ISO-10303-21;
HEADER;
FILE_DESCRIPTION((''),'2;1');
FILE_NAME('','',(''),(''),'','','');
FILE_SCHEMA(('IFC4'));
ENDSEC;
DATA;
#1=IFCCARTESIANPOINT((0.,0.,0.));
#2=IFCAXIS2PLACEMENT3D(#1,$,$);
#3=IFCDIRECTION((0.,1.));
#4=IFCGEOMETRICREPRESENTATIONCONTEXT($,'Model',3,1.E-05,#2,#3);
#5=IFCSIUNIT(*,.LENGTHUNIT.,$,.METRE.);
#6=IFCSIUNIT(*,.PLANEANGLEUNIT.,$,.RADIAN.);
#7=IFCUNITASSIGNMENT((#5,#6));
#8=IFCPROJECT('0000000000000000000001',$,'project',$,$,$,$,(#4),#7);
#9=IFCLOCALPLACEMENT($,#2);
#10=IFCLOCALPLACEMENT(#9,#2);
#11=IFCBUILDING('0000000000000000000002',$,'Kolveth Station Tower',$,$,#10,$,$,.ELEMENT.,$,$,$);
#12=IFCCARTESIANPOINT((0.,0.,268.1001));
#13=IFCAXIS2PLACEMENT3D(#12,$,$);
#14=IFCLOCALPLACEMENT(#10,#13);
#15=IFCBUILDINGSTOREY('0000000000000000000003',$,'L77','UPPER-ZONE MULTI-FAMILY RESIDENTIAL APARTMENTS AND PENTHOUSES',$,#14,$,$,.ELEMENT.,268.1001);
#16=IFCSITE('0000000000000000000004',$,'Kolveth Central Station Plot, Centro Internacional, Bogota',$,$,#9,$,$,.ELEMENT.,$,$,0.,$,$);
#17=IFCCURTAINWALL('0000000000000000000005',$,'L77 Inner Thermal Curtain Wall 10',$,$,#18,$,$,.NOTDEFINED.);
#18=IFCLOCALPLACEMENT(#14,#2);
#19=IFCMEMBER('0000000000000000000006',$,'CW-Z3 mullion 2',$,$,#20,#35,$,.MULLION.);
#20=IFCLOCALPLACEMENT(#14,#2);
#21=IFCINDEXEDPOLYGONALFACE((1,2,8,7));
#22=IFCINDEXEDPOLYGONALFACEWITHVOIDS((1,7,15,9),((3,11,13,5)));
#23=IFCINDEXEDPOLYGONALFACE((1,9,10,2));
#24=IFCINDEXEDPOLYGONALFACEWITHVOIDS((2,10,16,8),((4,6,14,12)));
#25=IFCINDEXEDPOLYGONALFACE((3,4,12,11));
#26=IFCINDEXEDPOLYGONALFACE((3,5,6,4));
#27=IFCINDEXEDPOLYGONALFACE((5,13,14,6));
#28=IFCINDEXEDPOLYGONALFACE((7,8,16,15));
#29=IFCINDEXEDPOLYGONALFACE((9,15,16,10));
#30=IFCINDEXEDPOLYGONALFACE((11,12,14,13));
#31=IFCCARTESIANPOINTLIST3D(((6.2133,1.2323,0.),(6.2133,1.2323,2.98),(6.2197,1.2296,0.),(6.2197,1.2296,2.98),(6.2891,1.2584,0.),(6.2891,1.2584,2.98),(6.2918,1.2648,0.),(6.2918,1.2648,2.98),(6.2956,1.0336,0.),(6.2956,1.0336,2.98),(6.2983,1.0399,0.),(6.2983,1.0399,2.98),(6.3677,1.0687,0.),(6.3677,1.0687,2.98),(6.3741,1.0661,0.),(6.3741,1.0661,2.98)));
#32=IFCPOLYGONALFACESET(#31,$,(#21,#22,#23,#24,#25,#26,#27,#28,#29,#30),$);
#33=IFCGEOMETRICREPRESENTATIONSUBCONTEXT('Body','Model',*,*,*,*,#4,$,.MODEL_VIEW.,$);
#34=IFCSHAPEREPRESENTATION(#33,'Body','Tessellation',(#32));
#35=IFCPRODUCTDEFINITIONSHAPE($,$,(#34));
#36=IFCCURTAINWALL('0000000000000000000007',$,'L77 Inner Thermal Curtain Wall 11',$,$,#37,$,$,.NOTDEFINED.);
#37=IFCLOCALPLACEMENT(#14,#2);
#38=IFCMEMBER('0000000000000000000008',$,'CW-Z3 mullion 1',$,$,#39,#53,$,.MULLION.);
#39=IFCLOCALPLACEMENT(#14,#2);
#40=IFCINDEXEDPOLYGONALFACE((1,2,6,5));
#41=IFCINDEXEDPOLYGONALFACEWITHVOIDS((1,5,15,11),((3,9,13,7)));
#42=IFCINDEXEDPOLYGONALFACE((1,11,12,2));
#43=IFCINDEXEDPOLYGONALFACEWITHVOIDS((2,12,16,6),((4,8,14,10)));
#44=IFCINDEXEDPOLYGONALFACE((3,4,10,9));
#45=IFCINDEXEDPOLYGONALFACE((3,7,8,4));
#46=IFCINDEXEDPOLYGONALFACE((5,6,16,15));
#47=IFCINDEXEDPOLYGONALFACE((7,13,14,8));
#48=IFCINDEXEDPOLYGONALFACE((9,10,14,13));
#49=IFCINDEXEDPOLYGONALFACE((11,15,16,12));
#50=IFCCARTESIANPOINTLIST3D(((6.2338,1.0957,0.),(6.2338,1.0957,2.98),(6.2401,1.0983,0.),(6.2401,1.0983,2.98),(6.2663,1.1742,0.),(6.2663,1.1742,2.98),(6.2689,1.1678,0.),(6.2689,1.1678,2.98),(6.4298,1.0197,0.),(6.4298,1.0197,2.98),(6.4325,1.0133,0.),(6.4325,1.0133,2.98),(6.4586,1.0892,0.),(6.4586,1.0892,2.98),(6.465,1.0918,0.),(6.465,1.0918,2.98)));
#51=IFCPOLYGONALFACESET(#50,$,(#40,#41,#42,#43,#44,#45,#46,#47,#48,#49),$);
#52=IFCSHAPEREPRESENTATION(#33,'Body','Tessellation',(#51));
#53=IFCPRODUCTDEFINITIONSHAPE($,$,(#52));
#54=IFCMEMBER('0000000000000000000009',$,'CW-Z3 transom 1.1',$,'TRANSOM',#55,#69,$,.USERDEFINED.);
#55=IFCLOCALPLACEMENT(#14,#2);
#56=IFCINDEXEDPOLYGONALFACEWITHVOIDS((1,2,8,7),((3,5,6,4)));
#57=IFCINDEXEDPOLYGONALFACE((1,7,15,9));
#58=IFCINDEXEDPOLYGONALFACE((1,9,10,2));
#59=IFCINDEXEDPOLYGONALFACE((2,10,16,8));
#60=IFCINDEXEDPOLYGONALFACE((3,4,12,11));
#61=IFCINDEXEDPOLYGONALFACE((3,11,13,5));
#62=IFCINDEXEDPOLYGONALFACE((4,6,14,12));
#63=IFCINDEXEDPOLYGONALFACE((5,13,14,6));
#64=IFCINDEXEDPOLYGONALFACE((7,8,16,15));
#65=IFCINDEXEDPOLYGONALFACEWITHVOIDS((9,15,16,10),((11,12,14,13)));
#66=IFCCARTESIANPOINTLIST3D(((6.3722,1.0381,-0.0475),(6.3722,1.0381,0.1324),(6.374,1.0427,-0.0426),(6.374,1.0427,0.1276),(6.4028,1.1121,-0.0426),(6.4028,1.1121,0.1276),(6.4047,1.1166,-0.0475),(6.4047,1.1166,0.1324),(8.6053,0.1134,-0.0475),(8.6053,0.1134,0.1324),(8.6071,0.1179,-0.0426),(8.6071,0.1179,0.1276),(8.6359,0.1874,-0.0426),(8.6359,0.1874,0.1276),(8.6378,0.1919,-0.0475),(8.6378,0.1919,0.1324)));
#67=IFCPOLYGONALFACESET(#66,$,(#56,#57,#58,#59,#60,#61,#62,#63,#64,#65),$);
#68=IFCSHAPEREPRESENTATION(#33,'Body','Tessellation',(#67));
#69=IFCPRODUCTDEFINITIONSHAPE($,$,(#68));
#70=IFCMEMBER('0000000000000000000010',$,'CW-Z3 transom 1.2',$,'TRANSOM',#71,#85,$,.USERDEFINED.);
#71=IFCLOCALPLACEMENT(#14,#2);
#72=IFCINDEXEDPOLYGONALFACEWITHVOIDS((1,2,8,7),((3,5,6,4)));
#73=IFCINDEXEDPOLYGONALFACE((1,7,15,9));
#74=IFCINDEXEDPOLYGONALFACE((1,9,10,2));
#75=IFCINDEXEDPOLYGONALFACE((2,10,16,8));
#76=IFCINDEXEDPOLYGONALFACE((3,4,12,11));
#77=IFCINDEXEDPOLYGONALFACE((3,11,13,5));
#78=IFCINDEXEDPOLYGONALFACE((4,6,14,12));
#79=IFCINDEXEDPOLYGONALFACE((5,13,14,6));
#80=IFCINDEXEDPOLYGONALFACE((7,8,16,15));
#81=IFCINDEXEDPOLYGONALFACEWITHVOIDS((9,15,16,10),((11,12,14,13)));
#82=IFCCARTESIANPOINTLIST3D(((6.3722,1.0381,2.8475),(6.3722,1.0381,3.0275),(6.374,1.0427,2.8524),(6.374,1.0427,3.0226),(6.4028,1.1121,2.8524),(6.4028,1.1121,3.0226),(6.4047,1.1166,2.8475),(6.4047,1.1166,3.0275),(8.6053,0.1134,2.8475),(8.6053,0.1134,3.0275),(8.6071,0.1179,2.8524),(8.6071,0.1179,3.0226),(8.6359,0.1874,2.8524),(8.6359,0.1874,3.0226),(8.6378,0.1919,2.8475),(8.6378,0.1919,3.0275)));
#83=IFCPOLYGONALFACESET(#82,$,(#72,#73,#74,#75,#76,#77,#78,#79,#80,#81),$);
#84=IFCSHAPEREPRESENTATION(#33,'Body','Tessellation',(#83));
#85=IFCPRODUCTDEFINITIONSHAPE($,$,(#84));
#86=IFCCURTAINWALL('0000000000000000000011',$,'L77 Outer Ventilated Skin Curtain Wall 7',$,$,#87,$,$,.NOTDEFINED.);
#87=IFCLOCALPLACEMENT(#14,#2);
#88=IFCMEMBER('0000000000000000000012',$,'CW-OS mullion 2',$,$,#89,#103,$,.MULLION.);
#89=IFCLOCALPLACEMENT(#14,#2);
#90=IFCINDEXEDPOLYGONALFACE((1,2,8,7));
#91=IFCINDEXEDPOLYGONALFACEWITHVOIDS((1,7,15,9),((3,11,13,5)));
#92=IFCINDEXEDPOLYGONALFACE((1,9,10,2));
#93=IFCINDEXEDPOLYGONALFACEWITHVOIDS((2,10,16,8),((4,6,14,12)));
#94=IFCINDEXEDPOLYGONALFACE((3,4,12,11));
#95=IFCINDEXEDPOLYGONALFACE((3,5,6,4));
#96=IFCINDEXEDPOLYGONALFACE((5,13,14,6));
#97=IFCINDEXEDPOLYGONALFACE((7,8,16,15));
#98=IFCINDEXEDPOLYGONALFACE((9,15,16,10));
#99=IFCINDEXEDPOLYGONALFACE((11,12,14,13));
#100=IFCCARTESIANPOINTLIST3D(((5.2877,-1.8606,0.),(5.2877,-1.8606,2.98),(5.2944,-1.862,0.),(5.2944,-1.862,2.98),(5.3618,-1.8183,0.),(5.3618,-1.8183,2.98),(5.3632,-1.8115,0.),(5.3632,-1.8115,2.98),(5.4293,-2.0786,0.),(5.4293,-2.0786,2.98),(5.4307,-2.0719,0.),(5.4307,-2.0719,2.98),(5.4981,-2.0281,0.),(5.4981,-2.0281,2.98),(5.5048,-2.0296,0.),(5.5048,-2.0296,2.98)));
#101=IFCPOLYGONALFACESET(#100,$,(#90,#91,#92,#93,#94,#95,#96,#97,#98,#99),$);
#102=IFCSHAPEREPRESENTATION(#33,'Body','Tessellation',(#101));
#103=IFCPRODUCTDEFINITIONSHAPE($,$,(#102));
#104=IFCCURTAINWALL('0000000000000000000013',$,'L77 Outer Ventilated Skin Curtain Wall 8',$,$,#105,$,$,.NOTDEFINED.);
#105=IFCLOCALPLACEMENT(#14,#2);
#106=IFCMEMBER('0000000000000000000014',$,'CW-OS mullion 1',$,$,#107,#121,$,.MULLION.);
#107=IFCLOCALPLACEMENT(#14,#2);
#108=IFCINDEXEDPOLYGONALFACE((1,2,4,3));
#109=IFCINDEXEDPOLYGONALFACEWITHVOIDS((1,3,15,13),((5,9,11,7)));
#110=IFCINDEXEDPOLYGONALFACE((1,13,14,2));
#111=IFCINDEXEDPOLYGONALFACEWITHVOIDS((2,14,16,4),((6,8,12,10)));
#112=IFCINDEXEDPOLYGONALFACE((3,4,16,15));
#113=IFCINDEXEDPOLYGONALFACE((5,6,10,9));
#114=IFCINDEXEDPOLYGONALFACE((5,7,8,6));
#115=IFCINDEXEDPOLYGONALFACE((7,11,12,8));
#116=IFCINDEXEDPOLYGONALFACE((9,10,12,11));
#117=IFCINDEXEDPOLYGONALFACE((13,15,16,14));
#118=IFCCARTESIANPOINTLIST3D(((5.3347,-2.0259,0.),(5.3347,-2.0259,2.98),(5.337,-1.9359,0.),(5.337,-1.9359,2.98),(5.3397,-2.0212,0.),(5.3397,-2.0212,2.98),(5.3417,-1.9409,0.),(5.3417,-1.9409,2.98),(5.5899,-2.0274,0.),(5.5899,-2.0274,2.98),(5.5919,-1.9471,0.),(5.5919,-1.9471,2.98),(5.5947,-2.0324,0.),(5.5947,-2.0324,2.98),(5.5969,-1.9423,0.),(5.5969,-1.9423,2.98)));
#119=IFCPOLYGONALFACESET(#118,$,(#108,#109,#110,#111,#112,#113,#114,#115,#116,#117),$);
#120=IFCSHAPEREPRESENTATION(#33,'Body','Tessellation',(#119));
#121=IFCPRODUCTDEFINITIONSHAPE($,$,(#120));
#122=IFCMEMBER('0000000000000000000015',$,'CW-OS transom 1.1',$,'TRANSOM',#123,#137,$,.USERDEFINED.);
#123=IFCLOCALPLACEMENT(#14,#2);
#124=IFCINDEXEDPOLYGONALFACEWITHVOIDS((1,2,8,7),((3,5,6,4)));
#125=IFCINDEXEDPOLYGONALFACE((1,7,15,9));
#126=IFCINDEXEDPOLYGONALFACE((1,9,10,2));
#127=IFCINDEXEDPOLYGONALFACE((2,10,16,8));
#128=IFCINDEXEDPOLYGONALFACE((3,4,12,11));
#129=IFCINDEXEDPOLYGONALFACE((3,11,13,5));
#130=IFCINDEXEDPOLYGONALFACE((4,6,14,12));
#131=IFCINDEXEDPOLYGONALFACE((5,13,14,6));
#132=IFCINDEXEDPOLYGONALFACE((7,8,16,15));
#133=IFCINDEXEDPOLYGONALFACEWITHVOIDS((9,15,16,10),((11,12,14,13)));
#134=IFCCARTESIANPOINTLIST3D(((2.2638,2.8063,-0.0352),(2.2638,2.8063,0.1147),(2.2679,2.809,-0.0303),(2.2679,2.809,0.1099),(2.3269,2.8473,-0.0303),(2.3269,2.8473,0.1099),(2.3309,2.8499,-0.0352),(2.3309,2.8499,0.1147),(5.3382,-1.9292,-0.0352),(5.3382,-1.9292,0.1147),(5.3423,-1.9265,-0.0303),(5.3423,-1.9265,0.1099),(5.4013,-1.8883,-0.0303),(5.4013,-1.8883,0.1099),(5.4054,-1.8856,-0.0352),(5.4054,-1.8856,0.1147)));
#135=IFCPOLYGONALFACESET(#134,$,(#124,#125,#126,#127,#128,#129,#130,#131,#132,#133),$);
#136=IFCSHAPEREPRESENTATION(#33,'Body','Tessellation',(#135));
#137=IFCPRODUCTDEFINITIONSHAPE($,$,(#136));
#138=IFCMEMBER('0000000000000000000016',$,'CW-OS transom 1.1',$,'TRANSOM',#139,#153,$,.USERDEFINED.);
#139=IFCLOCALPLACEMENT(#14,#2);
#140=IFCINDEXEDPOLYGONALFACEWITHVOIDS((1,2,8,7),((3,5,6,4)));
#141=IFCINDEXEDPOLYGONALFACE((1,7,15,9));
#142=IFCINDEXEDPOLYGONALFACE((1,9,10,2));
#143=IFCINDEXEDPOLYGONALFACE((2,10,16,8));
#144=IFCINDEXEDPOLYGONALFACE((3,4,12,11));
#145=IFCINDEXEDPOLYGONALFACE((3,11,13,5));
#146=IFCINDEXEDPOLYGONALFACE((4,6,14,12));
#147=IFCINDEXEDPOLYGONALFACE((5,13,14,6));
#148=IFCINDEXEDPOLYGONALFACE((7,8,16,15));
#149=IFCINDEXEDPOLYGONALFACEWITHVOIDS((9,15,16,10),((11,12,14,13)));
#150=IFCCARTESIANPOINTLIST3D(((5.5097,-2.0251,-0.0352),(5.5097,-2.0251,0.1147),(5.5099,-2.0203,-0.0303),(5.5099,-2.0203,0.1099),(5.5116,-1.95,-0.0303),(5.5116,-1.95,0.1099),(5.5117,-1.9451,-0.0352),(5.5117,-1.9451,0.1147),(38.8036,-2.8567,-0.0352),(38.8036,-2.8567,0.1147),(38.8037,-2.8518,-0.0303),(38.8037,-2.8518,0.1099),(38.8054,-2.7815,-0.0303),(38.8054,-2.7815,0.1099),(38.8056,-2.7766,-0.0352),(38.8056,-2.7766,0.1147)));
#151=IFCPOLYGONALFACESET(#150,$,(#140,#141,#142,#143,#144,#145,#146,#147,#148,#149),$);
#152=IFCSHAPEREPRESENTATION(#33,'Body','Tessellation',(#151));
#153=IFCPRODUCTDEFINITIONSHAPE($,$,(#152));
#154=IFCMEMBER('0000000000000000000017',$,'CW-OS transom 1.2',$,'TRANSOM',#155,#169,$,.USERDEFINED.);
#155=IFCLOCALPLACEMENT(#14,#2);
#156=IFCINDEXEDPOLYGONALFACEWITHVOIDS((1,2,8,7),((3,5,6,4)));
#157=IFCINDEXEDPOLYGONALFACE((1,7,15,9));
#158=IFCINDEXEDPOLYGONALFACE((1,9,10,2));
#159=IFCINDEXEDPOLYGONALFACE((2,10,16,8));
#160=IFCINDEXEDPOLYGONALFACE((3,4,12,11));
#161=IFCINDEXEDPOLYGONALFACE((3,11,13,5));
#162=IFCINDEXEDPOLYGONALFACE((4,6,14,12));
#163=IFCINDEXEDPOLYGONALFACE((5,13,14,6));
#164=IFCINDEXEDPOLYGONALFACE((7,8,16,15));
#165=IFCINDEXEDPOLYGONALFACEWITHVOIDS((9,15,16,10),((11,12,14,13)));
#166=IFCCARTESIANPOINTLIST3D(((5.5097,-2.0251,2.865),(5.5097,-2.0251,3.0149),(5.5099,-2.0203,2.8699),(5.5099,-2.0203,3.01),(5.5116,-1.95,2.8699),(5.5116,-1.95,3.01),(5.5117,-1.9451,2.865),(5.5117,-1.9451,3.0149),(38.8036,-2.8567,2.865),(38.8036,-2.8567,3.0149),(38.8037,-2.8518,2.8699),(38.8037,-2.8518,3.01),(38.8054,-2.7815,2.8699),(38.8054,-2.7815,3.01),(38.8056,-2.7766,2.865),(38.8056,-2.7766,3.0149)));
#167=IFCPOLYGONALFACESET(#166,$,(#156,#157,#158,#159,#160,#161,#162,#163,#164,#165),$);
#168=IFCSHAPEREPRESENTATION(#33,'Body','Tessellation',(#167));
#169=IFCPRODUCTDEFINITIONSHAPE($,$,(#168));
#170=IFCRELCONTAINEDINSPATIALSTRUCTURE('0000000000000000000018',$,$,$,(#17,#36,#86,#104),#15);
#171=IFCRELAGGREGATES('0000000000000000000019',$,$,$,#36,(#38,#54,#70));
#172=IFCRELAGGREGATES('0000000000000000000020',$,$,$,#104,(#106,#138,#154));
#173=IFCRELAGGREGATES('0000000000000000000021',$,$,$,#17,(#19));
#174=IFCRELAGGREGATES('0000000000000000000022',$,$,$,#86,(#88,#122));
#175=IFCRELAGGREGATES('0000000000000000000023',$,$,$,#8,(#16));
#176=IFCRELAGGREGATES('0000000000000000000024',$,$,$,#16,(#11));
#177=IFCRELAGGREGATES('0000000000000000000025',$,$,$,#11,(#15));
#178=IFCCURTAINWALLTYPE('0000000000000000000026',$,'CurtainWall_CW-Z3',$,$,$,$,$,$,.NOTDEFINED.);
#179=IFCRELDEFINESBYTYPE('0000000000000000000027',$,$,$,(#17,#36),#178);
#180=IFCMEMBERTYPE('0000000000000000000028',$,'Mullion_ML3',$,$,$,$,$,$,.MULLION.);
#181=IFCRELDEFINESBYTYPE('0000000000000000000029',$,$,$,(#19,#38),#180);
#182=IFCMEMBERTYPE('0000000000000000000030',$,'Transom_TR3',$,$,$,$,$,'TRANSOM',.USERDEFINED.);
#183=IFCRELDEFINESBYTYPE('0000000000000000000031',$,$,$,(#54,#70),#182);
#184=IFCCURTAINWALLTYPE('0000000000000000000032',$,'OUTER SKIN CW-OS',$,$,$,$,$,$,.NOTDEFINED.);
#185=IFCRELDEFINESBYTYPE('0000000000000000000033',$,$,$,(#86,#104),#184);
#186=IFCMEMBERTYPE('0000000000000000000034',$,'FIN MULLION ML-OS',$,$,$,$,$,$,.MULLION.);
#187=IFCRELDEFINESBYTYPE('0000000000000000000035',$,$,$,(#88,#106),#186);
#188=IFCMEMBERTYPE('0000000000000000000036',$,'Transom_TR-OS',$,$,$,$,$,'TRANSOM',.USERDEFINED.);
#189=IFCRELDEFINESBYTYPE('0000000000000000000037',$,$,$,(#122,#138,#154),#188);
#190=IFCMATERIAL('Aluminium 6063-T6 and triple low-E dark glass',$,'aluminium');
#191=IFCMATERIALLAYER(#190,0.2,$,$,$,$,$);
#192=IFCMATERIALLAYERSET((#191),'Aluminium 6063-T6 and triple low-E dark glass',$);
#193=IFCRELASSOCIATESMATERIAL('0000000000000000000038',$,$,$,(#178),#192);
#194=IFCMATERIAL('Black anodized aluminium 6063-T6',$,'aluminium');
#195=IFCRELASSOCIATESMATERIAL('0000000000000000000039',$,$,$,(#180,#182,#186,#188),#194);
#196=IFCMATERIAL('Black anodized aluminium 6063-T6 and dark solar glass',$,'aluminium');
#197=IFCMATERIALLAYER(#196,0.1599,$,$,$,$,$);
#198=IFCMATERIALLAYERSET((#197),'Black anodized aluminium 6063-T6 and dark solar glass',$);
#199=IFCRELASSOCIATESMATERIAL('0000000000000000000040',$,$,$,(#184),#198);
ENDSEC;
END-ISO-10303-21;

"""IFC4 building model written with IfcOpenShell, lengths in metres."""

from ifc_helpers import new_model, si_unit, direction, frame, origin, origin_2d, place, context, subcontext, project, spatial, hollow_rectangle, extrude, source, transform, mapped, material, layer, layer_set, material_profile, profile_set, type_object, element, aggregate, save


model = new_model("IFC4")

# Units and contexts
model_context = context("Model", 3, precision=1e-05, world=origin(), true_north=direction((0.0, 1.0)))
body_context = subcontext(model_context, "Body", "Model", "MODEL_VIEW")
ifc_project = project(units=[si_unit("LENGTHUNIT", "METRE"), si_unit("PLANEANGLEUNIT", "RADIAN")], contexts=[model_context])

# Site, building, storey
site_placement = place(None, origin())
site = spatial("IfcSite", under=ifc_project, at=site_placement, Name="Kolveth Central Station Plot, Centro Internacional, Bogota", CompositionType="ELEMENT", RefElevation=0.0)
building_placement = place(site_placement, origin())
building = spatial("IfcBuilding", under=site, at=building_placement, Name="Kolveth Station Tower", CompositionType="ELEMENT")
storey_placement = place(building_placement, frame((0.0, 0.0, 268.1001)))
storey = spatial("IfcBuildingStorey", under=building, at=storey_placement, Name="L77", Description="UPPER-ZONE MULTI-FAMILY RESIDENTIAL APARTMENTS AND PENTHOUSES", CompositionType="ELEMENT", Elevation=268.1001)

# Curtain wall, member
ifc_material_1 = material(Name="Aluminium 6063-T6 and triple low-E dark glass", Category="aluminium")
ifc_layer_1 = layer(ifc_material_1, 0.2)
ifc_layer_set_1 = layer_set([ifc_layer_1], Name="Aluminium 6063-T6 and triple low-E dark glass")
curtain_wall_type_1 = type_object("IfcCurtainWallType", Name="CurtainWall_CW-Z3", PredefinedType="NOTDEFINED", material=ifc_layer_set_1)
curtain_wall_1_placement = place(storey_placement, origin())
curtain_wall_1 = element("IfcCurtainWall", 1, at=curtain_wall_1_placement, inside=storey, type_object=curtain_wall_type_1, Name="L77 Inner Thermal Curtain Wall 10", PredefinedType="NOTDEFINED")
ifc_material_2 = material(Name="Black anodized aluminium 6063-T6", Category="aluminium")
ifc_material_profile_1 = material_profile(ifc_material_2, hollow_rectangle(XDim=0.085, YDim=0.2151, WallThickness=0.0049, at=origin_2d()), Name="ALU-85x215x5")
ifc_profile_set_1 = profile_set([ifc_material_profile_1], Name="Black anodized aluminium 6063-T6")
member_type_1 = type_object("IfcMemberType", Name="Mullion_ML3", PredefinedType="MULLION", material=ifc_profile_set_1)
shared_shape_1 = source(origin(), body_context, "Body", "SweptSolid", [
    extrude(hollow_rectangle(XDim=0.085, YDim=0.2151, WallThickness=0.0049, at=origin_2d()), origin(), (0.0, 0.0, 1.0), 2.98),
])
member_1_placement = place(storey_placement, frame((6.2937, 1.1492, 0.0), z_axis=(0.0, 0.0, 1.0), x_axis=(0.923875, 0.382693, 0.0)))
member_1 = element("IfcMember", 2, at=member_1_placement, type_object=member_type_1, Name="CW-Z3 mullion 2", PredefinedType="MULLION", context=body_context, shape_type="MappedRepresentation", body=[
    mapped(shared_shape_1, transform((0.0, 0.0, 0.0), x_axis=(1.0, 0.0, 0.0), y_axis=(0.0, 1.0, 0.0), z_axis=(0.0, 0.0, 1.0), scale=1.0)),
])

# Curtain wall, members
curtain_wall_2_placement = place(storey_placement, origin())
curtain_wall_2 = element("IfcCurtainWall", 3, at=curtain_wall_2_placement, inside=storey, type_object=curtain_wall_type_1, Name="L77 Inner Thermal Curtain Wall 11", PredefinedType="NOTDEFINED")
member_2_placement = place(storey_placement, frame((6.3494, 1.0938, 0.0), z_axis=(0.0, 0.0, 1.0), x_axis=(0.382693, 0.923875, 0.0)))
member_2 = element("IfcMember", 4, at=member_2_placement, type_object=member_type_1, Name="CW-Z3 mullion 1", PredefinedType="MULLION", context=body_context, shape_type="MappedRepresentation", body=[
    mapped(shared_shape_1, transform((0.0, 0.0, 0.0), x_axis=(1.0, 0.0, 0.0), y_axis=(0.0, 1.0, 0.0), z_axis=(0.0, 0.0, 1.0), scale=1.0)),
])
ifc_material_profile_2 = material_profile(ifc_material_2, hollow_rectangle(XDim=0.085, YDim=0.1799, WallThickness=0.0049, at=origin_2d()), Name="ALU-85x180x5")
ifc_profile_set_2 = profile_set([ifc_material_profile_2], Name="Black anodized aluminium 6063-T6")
member_type_2 = type_object("IfcMemberType", Name="Transom_TR3", ElementType="TRANSOM", PredefinedType="USERDEFINED", material=ifc_profile_set_2)
shared_shape_2 = source(origin(), body_context, "Body", "SweptSolid", [
    extrude(hollow_rectangle(XDim=0.085, YDim=0.1799, WallThickness=0.0049, at=origin_2d()), origin(), (0.0, 0.0, 1.0), 2.417),
])
member_3_placement = place(storey_placement, frame((6.3884, 1.0774, 0.0425), z_axis=(0.923909, -0.382613, 0.0), x_axis=(0.382613, 0.923909, 0.0)))
member_3 = element("IfcMember", 5, at=member_3_placement, type_object=member_type_2, Name="CW-Z3 transom 1.1", ObjectType="TRANSOM", PredefinedType="USERDEFINED", context=body_context, shape_type="MappedRepresentation", body=[
    mapped(shared_shape_2, transform((0.0, 0.0, 0.0), x_axis=(1.0, 0.0, 0.0), y_axis=(0.0, 1.0, 0.0), z_axis=(0.0, 0.0, 1.0), scale=1.0)),
])
member_4_placement = place(storey_placement, frame((6.3884, 1.0774, 2.9375), z_axis=(0.923909, -0.382613, 0.0), x_axis=(0.382613, 0.923909, 0.0)))
member_4 = element("IfcMember", 6, at=member_4_placement, type_object=member_type_2, Name="CW-Z3 transom 1.2", ObjectType="TRANSOM", PredefinedType="USERDEFINED", context=body_context, shape_type="MappedRepresentation", body=[
    mapped(shared_shape_2, transform((0.0, 0.0, 0.0), x_axis=(1.0, 0.0, 0.0), y_axis=(0.0, 1.0, 0.0), z_axis=(0.0, 0.0, 1.0), scale=1.0)),
])
aggregate(curtain_wall_2, [member_2, member_3, member_4])

# Curtain walls, members
ifc_material_3 = material(Name="Black anodized aluminium 6063-T6 and dark solar glass", Category="aluminium")
ifc_layer_2 = layer(ifc_material_3, 0.1599)
ifc_layer_set_2 = layer_set([ifc_layer_2], Name="Black anodized aluminium 6063-T6 and dark solar glass")
curtain_wall_type_2 = type_object("IfcCurtainWallType", Name="OUTER SKIN CW-OS", PredefinedType="NOTDEFINED", material=ifc_layer_set_2)
curtain_wall_3_placement = place(storey_placement, origin())
curtain_wall_3 = element("IfcCurtainWall", 7, at=curtain_wall_3_placement, inside=storey, type_object=curtain_wall_type_2, Name="L77 Outer Ventilated Skin Curtain Wall 7", PredefinedType="NOTDEFINED")
ifc_material_profile_3 = material_profile(ifc_material_2, hollow_rectangle(XDim=0.0901, YDim=0.26, WallThickness=0.0049, at=origin_2d()), Name="ALU-90x260x5")
ifc_profile_set_3 = profile_set([ifc_material_profile_3], Name="Black anodized aluminium 6063-T6")
member_type_3 = type_object("IfcMemberType", Name="FIN MULLION ML-OS", PredefinedType="MULLION", material=ifc_profile_set_3)
shared_shape_3 = source(origin(), body_context, "Body", "SweptSolid", [
    extrude(hollow_rectangle(XDim=0.0901, YDim=0.26, WallThickness=0.0049, at=origin_2d()), origin(), (0.0, 0.0, 1.0), 2.98),
])
member_5_placement = place(storey_placement, frame((5.3962, -1.9451, 0.0), z_axis=(0.0, 0.0, 1.0), x_axis=(0.838736, 0.544539, 0.0)))
member_5 = element("IfcMember", 8, at=member_5_placement, type_object=member_type_3, Name="CW-OS mullion 2", PredefinedType="MULLION", context=body_context, shape_type="MappedRepresentation", body=[
    mapped(shared_shape_3, transform((0.0, 0.0, 0.0), x_axis=(1.0, 0.0, 0.0), y_axis=(0.0, 1.0, 0.0), z_axis=(0.0, 0.0, 1.0), scale=1.0)),
])
curtain_wall_4_placement = place(storey_placement, origin())
curtain_wall_4 = element("IfcCurtainWall", 9, at=curtain_wall_4_placement, inside=storey, type_object=curtain_wall_type_2, Name="L77 Outer Ventilated Skin Curtain Wall 8", PredefinedType="NOTDEFINED")
member_6_placement = place(storey_placement, frame((5.4658, -1.9841, 0.0), z_axis=(0.0, 0.0, 1.0), x_axis=(0.02497, 0.999688, 0.0)))
member_6 = element("IfcMember", 10, at=member_6_placement, type_object=member_type_3, Name="CW-OS mullion 1", PredefinedType="MULLION", context=body_context, shape_type="MappedRepresentation", body=[
    mapped(shared_shape_3, transform((0.0, 0.0, 0.0), x_axis=(1.0, 0.0, 0.0), y_axis=(0.0, 1.0, 0.0), z_axis=(0.0, 0.0, 1.0), scale=1.0)),
])

# Members
ifc_material_profile_4 = material_profile(ifc_material_2, hollow_rectangle(XDim=0.0801, YDim=0.1499, WallThickness=0.0049, at=origin_2d()), Name="ALU-80x150x5")
ifc_profile_set_4 = profile_set([ifc_material_profile_4], Name="Black anodized aluminium 6063-T6")
member_type_4 = type_object("IfcMemberType", Name="Transom_TR-OS", ElementType="TRANSOM", PredefinedType="USERDEFINED", material=ifc_profile_set_4)
shared_shape_4 = source(origin(), body_context, "Body", "SweptSolid", [
    extrude(hollow_rectangle(XDim=0.0801, YDim=0.1499, WallThickness=0.0049, at=origin_2d()), origin(), (0.0, 0.0, 1.0), 5.646),
])
member_7_placement = place(storey_placement, frame((2.2974, 2.8281, 0.0398), z_axis=(0.544531, -0.838741, 0.0), x_axis=(0.838741, 0.544531, 0.0)))
member_7 = element("IfcMember", 11, at=member_7_placement, type_object=member_type_4, Name="CW-OS transom 1.1", ObjectType="TRANSOM", PredefinedType="USERDEFINED", context=body_context, shape_type="MappedRepresentation", body=[
    mapped(shared_shape_4, transform((0.0, 0.0, 0.0), x_axis=(1.0, 0.0, 0.0), y_axis=(0.0, 1.0, 0.0), z_axis=(0.0, 0.0, 1.0), scale=1.0)),
])
shared_shape_5 = source(origin(), body_context, "Body", "SweptSolid", [
    extrude(hollow_rectangle(XDim=0.0801, YDim=0.1499, WallThickness=0.0049, at=origin_2d()), origin(), (0.0, 0.0, 1.0), 33.3042),
])
member_8_placement = place(storey_placement, frame((5.5107, -1.9851, 0.0398), z_axis=(0.999688, -0.024968, 0.0), x_axis=(0.024968, 0.999688, 0.0)))
member_8 = element("IfcMember", 12, at=member_8_placement, type_object=member_type_4, Name="CW-OS transom 1.1", ObjectType="TRANSOM", PredefinedType="USERDEFINED", context=body_context, shape_type="MappedRepresentation", body=[
    mapped(shared_shape_5, transform((0.0, 0.0, 0.0), x_axis=(1.0, 0.0, 0.0), y_axis=(0.0, 1.0, 0.0), z_axis=(0.0, 0.0, 1.0), scale=1.0)),
])
member_9_placement = place(storey_placement, frame((5.5107, -1.9851, 2.9399), z_axis=(0.999688, -0.024968, 0.0), x_axis=(0.024968, 0.999688, 0.0)))
member_9 = element("IfcMember", 13, at=member_9_placement, type_object=member_type_4, Name="CW-OS transom 1.2", ObjectType="TRANSOM", PredefinedType="USERDEFINED", context=body_context, shape_type="MappedRepresentation", body=[
    mapped(shared_shape_5, transform((0.0, 0.0, 0.0), x_axis=(1.0, 0.0, 0.0), y_axis=(0.0, 1.0, 0.0), z_axis=(0.0, 0.0, 1.0), scale=1.0)),
])
aggregate(curtain_wall_4, [member_6, member_8, member_9])

aggregate(curtain_wall_1, [member_1])
aggregate(curtain_wall_3, [member_5, member_7])

save(model, "model.ifc")
